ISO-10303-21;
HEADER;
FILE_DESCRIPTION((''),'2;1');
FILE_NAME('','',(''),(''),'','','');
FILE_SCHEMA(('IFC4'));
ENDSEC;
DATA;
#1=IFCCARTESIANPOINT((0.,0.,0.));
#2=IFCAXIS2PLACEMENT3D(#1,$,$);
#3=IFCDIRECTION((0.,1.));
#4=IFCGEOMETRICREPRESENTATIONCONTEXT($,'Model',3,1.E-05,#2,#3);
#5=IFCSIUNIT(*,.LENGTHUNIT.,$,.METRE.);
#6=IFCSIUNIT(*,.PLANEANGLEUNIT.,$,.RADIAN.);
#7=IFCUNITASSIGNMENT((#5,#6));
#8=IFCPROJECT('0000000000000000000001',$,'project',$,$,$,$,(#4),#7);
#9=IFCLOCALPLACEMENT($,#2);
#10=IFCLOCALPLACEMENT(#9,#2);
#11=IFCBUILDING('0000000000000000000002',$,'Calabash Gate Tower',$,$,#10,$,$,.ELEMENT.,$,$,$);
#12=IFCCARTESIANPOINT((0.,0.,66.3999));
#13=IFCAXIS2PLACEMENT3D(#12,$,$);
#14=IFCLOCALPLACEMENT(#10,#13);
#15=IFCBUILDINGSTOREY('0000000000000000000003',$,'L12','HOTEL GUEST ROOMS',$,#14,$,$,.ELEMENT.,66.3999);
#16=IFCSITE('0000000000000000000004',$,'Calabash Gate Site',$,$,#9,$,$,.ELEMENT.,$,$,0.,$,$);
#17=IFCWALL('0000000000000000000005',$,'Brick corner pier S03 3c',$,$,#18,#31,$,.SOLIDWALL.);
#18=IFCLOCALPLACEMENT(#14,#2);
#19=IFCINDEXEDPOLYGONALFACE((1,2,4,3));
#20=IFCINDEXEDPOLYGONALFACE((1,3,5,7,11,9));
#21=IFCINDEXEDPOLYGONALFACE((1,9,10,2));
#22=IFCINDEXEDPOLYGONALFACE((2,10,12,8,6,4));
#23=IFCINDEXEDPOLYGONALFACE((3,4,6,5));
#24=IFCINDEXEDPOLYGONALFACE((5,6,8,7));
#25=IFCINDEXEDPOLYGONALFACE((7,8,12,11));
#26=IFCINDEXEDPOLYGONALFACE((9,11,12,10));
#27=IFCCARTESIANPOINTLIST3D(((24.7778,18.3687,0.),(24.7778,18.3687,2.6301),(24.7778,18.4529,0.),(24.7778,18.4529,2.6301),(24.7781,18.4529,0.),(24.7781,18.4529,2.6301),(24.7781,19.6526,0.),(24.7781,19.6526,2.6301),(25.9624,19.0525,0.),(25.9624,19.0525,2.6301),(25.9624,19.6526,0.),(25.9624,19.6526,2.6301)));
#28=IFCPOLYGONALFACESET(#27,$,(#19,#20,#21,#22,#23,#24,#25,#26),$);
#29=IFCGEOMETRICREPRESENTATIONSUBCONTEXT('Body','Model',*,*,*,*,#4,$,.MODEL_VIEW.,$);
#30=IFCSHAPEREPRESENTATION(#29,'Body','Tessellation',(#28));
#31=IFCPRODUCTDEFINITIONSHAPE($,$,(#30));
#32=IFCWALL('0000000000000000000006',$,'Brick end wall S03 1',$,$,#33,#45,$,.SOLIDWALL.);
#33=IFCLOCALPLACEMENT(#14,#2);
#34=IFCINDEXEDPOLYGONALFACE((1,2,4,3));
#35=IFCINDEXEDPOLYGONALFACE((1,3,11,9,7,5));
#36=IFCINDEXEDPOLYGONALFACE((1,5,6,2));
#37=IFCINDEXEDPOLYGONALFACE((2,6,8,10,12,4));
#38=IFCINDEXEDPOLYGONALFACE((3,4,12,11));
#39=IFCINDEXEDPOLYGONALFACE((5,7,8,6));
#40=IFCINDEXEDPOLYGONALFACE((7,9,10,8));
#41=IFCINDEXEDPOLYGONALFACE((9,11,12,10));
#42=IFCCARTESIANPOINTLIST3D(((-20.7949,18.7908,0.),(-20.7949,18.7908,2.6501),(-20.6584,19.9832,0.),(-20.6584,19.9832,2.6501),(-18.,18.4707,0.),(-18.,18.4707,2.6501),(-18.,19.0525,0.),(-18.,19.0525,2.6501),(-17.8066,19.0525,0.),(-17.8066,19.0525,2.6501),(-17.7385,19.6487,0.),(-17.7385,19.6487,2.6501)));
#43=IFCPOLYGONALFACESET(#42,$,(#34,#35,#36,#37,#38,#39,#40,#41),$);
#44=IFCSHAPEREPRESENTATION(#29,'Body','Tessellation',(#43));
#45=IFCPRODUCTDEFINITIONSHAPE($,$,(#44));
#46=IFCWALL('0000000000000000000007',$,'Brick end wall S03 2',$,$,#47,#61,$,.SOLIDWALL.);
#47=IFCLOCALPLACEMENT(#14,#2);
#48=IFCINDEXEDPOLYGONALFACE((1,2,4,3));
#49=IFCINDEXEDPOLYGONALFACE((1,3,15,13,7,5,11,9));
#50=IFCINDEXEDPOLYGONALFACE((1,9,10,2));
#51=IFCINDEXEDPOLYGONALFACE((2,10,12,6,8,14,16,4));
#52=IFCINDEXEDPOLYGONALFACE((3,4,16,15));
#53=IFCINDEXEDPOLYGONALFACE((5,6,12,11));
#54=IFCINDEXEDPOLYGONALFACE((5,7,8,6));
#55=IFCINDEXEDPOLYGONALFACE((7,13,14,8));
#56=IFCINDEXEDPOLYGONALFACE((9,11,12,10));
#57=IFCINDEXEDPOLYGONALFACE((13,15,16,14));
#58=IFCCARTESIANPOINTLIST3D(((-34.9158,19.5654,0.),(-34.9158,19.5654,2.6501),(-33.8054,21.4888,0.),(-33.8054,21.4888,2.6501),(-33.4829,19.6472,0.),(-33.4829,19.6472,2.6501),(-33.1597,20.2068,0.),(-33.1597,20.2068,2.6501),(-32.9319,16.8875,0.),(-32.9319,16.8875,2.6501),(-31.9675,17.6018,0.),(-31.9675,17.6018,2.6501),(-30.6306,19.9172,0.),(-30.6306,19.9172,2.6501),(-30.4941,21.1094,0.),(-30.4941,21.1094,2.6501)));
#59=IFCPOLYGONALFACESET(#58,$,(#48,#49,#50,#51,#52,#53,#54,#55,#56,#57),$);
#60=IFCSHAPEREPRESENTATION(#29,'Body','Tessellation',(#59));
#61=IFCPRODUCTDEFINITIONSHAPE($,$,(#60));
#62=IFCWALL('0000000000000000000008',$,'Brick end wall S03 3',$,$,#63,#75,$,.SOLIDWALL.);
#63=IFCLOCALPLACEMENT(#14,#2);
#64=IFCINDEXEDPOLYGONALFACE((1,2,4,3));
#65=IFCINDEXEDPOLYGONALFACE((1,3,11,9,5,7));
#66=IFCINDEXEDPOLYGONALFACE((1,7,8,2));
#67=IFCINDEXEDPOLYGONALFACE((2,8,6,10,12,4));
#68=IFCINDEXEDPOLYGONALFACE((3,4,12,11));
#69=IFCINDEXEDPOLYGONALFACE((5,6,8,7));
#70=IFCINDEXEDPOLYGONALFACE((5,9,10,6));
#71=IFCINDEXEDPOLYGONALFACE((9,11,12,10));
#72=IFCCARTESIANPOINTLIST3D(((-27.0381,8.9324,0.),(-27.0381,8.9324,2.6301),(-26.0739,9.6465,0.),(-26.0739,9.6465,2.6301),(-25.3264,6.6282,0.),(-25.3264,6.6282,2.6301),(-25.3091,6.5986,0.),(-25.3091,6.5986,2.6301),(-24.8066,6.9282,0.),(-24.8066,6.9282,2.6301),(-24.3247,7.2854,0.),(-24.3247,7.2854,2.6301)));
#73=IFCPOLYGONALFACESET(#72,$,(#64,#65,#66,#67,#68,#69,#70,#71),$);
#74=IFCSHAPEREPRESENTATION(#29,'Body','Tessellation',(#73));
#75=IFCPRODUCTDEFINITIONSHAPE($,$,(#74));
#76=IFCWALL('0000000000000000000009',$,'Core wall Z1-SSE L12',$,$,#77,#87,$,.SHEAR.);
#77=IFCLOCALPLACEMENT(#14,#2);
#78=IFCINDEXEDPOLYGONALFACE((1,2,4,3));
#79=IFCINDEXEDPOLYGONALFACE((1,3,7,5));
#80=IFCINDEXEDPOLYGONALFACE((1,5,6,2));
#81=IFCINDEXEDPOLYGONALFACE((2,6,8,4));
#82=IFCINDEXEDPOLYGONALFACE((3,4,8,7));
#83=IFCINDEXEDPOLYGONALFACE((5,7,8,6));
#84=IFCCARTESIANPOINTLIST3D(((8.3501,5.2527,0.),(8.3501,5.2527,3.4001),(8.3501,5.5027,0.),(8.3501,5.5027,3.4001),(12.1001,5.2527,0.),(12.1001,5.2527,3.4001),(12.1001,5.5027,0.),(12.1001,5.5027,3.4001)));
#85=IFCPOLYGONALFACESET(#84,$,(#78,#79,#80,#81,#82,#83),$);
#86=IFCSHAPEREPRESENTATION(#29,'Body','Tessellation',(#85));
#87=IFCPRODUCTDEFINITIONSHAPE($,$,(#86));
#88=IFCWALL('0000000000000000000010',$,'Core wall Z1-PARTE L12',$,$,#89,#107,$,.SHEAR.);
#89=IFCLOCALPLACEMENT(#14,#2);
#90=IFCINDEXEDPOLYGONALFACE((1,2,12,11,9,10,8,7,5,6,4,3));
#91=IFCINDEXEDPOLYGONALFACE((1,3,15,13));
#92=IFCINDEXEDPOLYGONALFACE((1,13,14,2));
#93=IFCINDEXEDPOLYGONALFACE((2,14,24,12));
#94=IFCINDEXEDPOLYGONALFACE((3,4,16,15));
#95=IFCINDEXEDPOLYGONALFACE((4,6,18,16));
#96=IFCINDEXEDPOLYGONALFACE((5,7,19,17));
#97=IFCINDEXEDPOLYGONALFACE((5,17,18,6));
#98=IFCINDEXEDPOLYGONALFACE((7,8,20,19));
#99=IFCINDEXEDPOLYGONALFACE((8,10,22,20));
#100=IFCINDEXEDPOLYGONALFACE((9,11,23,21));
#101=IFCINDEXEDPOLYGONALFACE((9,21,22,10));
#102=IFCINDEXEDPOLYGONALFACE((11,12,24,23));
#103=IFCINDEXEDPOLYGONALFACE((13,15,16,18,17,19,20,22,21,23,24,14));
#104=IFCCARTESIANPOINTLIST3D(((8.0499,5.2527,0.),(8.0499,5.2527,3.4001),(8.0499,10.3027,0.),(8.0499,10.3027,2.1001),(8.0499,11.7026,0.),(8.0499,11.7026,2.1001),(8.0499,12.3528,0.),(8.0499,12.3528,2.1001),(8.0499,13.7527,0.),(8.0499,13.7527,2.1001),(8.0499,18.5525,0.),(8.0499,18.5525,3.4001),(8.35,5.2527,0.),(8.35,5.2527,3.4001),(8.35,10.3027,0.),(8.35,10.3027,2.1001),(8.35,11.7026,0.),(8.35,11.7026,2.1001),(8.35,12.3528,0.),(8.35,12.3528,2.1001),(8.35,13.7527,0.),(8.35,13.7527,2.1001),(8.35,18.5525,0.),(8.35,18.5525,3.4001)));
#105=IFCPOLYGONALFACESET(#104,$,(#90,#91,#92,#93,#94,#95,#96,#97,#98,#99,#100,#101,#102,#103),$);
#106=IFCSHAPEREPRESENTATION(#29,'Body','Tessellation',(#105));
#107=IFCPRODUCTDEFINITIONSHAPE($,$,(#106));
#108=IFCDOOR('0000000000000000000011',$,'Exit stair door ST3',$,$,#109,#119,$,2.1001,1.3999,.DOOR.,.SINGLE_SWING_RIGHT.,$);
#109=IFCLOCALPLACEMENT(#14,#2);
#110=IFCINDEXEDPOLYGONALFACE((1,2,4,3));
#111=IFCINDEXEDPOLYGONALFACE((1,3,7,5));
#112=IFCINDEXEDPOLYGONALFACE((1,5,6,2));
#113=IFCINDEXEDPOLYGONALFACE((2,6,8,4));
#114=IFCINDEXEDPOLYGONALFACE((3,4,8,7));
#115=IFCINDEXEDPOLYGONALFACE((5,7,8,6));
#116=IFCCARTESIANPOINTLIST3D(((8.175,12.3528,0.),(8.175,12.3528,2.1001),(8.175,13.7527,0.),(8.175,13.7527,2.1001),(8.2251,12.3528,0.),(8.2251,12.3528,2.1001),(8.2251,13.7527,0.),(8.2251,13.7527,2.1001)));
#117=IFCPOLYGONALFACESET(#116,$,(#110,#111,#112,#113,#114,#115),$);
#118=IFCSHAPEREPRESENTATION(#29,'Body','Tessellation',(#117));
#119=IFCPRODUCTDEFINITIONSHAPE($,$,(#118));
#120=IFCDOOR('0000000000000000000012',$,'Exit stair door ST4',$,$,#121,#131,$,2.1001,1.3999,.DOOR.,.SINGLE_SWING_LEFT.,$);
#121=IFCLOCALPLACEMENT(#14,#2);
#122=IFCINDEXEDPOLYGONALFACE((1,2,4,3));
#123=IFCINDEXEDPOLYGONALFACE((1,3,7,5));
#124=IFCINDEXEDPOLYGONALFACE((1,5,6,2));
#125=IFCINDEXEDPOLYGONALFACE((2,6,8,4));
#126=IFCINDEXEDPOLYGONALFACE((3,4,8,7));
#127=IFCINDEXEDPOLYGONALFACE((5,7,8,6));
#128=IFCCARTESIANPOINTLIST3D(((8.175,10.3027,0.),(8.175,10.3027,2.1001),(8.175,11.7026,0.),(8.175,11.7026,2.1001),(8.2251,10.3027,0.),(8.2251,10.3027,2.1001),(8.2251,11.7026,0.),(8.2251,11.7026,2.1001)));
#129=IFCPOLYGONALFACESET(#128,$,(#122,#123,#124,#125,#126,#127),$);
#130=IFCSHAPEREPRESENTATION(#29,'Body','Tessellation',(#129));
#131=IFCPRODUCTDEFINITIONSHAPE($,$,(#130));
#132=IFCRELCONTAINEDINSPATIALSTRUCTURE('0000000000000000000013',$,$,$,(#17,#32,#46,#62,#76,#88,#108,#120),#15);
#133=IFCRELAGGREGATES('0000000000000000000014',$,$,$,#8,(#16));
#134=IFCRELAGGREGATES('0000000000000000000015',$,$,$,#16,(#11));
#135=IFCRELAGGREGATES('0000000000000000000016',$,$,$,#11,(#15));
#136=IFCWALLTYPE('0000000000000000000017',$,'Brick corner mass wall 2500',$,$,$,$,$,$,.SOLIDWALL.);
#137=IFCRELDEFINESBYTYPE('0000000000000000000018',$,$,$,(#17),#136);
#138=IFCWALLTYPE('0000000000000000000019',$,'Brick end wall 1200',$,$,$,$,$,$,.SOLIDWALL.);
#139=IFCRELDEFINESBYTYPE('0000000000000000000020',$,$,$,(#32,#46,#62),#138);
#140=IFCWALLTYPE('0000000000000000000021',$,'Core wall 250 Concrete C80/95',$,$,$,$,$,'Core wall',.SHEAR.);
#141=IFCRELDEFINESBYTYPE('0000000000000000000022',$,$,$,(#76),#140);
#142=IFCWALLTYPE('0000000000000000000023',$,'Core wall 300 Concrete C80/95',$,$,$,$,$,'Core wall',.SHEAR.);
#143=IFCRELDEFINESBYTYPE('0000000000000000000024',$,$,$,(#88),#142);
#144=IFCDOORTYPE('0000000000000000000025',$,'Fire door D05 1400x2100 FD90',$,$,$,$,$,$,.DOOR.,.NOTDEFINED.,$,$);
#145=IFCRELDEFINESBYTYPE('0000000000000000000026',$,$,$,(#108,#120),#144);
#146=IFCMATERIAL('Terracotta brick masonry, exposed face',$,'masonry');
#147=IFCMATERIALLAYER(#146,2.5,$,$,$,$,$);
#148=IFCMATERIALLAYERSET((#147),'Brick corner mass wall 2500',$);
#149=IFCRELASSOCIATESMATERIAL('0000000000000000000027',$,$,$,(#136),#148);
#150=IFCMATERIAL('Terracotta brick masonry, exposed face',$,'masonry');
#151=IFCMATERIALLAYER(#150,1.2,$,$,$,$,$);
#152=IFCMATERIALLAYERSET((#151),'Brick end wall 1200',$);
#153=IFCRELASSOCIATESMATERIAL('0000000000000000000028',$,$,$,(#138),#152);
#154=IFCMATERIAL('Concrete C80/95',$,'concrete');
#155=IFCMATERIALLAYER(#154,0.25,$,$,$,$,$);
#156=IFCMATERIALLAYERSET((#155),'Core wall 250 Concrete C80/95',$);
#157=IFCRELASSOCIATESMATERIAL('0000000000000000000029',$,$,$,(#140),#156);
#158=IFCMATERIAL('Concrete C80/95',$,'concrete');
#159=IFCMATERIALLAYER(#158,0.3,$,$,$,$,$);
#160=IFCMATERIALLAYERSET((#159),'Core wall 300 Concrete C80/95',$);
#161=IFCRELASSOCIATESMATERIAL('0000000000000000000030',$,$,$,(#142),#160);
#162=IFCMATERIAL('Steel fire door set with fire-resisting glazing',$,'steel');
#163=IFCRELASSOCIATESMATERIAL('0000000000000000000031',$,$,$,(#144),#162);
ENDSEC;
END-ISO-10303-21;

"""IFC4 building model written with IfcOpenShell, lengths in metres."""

from ifc_helpers import new_model, si_unit, direction, frame, frame_2d, origin, place, context, subcontext, project, spatial, polyline, rectangle, outline, extrude, material, layer, layer_set, type_object, element, fill, save


model = new_model("IFC4")

# Units and contexts
model_context = context("Model", 3, precision=1e-05, world=origin(), true_north=direction((0.0, 1.0)))
body_context = subcontext(model_context, "Body", "Model", "MODEL_VIEW")
ifc_project = project(units=[si_unit("LENGTHUNIT", "METRE"), si_unit("PLANEANGLEUNIT", "RADIAN")], contexts=[model_context])

# Site, building, storey
site_placement = place(None, origin())
site = spatial("IfcSite", under=ifc_project, at=site_placement, Name="Calabash Gate Site", CompositionType="ELEMENT", RefElevation=0.0)
building_placement = place(site_placement, origin())
building = spatial("IfcBuilding", under=site, at=building_placement, Name="Calabash Gate Tower", CompositionType="ELEMENT")
storey_placement = place(building_placement, frame((0.0, 0.0, 66.3999)))
storey = spatial("IfcBuildingStorey", under=building, at=storey_placement, Name="L12", Description="HOTEL GUEST ROOMS", CompositionType="ELEMENT", Elevation=66.3999)

# Walls
ifc_material_1 = material(Name="Terracotta brick masonry, exposed face", Category="masonry")
ifc_layer_1 = layer(ifc_material_1, 2.5)
ifc_layer_set_1 = layer_set([ifc_layer_1], Name="Brick corner mass wall 2500")
wall_type_1 = type_object("IfcWallType", Name="Brick corner mass wall 2500", PredefinedType="SOLIDWALL", material=ifc_layer_set_1)
wall_1_placement = place(storey_placement, origin())
element("IfcWall", 1, at=wall_1_placement, inside=storey, type_object=wall_type_1, Name="Brick corner pier S03 3c", PredefinedType="SOLIDWALL", context=body_context, shape_type="SweptSolid", body=[
    extrude(outline(polyline([(24.7778, 18.4529), (24.7778, 18.3687), (25.9624, 19.0525), (25.9624, 19.6526), (24.7781, 19.6526), (24.7781, 18.4529), (24.7778, 18.4529)])), origin(), (0.0, 0.0, 1.0), 2.6301),
])
ifc_material_2 = material(Name="Terracotta brick masonry, exposed face", Category="masonry")
ifc_layer_2 = layer(ifc_material_2, 1.2)
ifc_layer_set_2 = layer_set([ifc_layer_2], Name="Brick end wall 1200")
wall_type_2 = type_object("IfcWallType", Name="Brick end wall 1200", PredefinedType="SOLIDWALL", material=ifc_layer_set_2)
wall_2_placement = place(storey_placement, origin())
element("IfcWall", 2, at=wall_2_placement, inside=storey, type_object=wall_type_2, Name="Brick end wall S03 1", PredefinedType="SOLIDWALL", context=body_context, shape_type="SweptSolid", body=[
    extrude(outline(polyline([(-20.6584, 19.9832), (-20.7949, 18.7908), (-18.0, 18.4707), (-18.0, 19.0525), (-17.8066, 19.0525), (-17.7385, 19.6487), (-20.6584, 19.9832)])), origin(), (0.0, 0.0, 1.0), 2.6501),
])
wall_3_placement = place(storey_placement, origin())
element("IfcWall", 3, at=wall_3_placement, inside=storey, type_object=wall_type_2, Name="Brick end wall S03 2", PredefinedType="SOLIDWALL", context=body_context, shape_type="SweptSolid", body=[
    extrude(outline(polyline([(-33.1597, 20.2068), (-30.6306, 19.9172), (-30.4941, 21.1094), (-33.8054, 21.4888), (-34.9158, 19.5654), (-32.9319, 16.8875), (-31.9675, 17.6018), (-33.4829, 19.6472), (-33.1597, 20.2068)])), origin(), (0.0, 0.0, 1.0), 2.6501),
])
wall_4_placement = place(storey_placement, origin())
element("IfcWall", 4, at=wall_4_placement, inside=storey, type_object=wall_type_2, Name="Brick end wall S03 3", PredefinedType="SOLIDWALL", context=body_context, shape_type="SweptSolid", body=[
    extrude(outline(polyline([(-24.3247, 7.2854), (-26.0742, 9.647), (-26.0742, 9.647), (-26.074, 9.6465), (-27.0381, 8.9324), (-25.3091, 6.5986), (-25.3264, 6.6282), (-24.8066, 6.9282), (-24.3247, 7.2854)])), origin(), (0.0, 0.0, 1.0), 2.6301),
])
ifc_material_3 = material(Name="Concrete C80/95", Category="concrete")
ifc_layer_3 = layer(ifc_material_3, 0.25)
ifc_layer_set_3 = layer_set([ifc_layer_3], Name="Core wall 250 Concrete C80/95")
wall_type_3 = type_object("IfcWallType", Name="Core wall 250 Concrete C80/95", ElementType="Core wall", PredefinedType="SHEAR", material=ifc_layer_set_3)
wall_5_placement = place(storey_placement, frame((8.3501, 5.3777, 0.0), z_axis=(0.0, 0.0, 1.0), x_axis=(1.0, 0.0, 0.0)))
element("IfcWall", 5, at=wall_5_placement, inside=storey, type_object=wall_type_3, Name="Core wall Z1-SSE L12", PredefinedType="SHEAR", context=body_context, shape_type="SweptSolid", body=[
    extrude(rectangle(XDim=3.75, YDim=0.25, at=frame_2d((1.875, 0.0))), origin(), (0.0, 0.0, 1.0), 3.4001),
])

# Wall, openings, doors
ifc_material_4 = material(Name="Concrete C80/95", Category="concrete")
ifc_layer_4 = layer(ifc_material_4, 0.3)
ifc_layer_set_4 = layer_set([ifc_layer_4], Name="Core wall 300 Concrete C80/95")
wall_type_4 = type_object("IfcWallType", Name="Core wall 300 Concrete C80/95", ElementType="Core wall", PredefinedType="SHEAR", material=ifc_layer_set_4)
wall_6_placement = place(storey_placement, frame((8.2, 5.2527, 0.0), z_axis=(0.0, 0.0, 1.0), x_axis=(0.0, 1.0, 0.0)))
wall_6 = element("IfcWall", 6, at=wall_6_placement, inside=storey, type_object=wall_type_4, Name="Core wall Z1-PARTE L12", PredefinedType="SHEAR", context=body_context, shape_type="SweptSolid", body=[
    extrude(rectangle(XDim=13.2998, YDim=0.3, at=frame_2d((6.6499, 0.0))), origin(), (0.0, 0.0, 1.0), 3.4001),
])
opening_1_placement = place(wall_6_placement, frame((7.1001, 0.0, 0.0)))
opening_1 = element("IfcOpeningElement", 7, at=opening_1_placement, cuts=wall_6, PredefinedType="OPENING", context=body_context, shape_type="SweptSolid", body=[
    extrude(rectangle(XDim=1.3999, YDim=2.1001, at=frame_2d((0.7, 1.05))), frame((0.0, 0.1599, 0.0), z_axis=(0.0, -1.0, 0.0), x_axis=(1.0, 0.0, 0.0)), (0.0, 0.0, 1.0), 0.3201),
])
opening_2_placement = place(wall_6_placement, frame((5.05, 0.0, 0.0)))
opening_2 = element("IfcOpeningElement", 8, at=opening_2_placement, cuts=wall_6, PredefinedType="OPENING", context=body_context, shape_type="SweptSolid", body=[
    extrude(rectangle(XDim=1.3999, YDim=2.1001, at=frame_2d((0.7, 1.05))), frame((0.0, 0.1599, 0.0), z_axis=(0.0, -1.0, 0.0), x_axis=(1.0, 0.0, 0.0)), (0.0, 0.0, 1.0), 0.3201),
])
ifc_material_5 = material(Name="Steel fire door set with fire-resisting glazing", Category="steel")
door_type_1 = type_object("IfcDoorType", Name="Fire door D05 1400x2100 FD90", OperationType="NOTDEFINED", PredefinedType="DOOR", material=ifc_material_5)
door_1_placement = place(opening_1_placement, origin())
door_1 = element("IfcDoor", 9, at=door_1_placement, inside=storey, type_object=door_type_1, Name="Exit stair door ST3", OperationType="SINGLE_SWING_RIGHT", OverallHeight=2.1001, OverallWidth=1.3999, PredefinedType="DOOR", context=body_context, shape_type="SweptSolid", body=[
    extrude(rectangle(XDim=1.3999, YDim=2.1001, at=frame_2d((0.7, 1.05))), frame((0.0, 0.0249, 0.0), z_axis=(0.0, -1.0, 0.0), x_axis=(1.0, 0.0, 0.0)), (0.0, 0.0, 1.0), 0.05),
])
fill(opening_1, door_1)
door_2_placement = place(opening_2_placement, origin())
door_2 = element("IfcDoor", 10, at=door_2_placement, inside=storey, type_object=door_type_1, Name="Exit stair door ST4", OperationType="SINGLE_SWING_LEFT", OverallHeight=2.1001, OverallWidth=1.3999, PredefinedType="DOOR", context=body_context, shape_type="SweptSolid", body=[
    extrude(rectangle(XDim=1.3999, YDim=2.1001, at=frame_2d((0.7, 1.05))), frame((0.0, 0.0249, 0.0), z_axis=(0.0, -1.0, 0.0), x_axis=(1.0, 0.0, 0.0)), (0.0, 0.0, 1.0), 0.05),
])
fill(opening_2, door_2)

save(model, "model.ifc")
